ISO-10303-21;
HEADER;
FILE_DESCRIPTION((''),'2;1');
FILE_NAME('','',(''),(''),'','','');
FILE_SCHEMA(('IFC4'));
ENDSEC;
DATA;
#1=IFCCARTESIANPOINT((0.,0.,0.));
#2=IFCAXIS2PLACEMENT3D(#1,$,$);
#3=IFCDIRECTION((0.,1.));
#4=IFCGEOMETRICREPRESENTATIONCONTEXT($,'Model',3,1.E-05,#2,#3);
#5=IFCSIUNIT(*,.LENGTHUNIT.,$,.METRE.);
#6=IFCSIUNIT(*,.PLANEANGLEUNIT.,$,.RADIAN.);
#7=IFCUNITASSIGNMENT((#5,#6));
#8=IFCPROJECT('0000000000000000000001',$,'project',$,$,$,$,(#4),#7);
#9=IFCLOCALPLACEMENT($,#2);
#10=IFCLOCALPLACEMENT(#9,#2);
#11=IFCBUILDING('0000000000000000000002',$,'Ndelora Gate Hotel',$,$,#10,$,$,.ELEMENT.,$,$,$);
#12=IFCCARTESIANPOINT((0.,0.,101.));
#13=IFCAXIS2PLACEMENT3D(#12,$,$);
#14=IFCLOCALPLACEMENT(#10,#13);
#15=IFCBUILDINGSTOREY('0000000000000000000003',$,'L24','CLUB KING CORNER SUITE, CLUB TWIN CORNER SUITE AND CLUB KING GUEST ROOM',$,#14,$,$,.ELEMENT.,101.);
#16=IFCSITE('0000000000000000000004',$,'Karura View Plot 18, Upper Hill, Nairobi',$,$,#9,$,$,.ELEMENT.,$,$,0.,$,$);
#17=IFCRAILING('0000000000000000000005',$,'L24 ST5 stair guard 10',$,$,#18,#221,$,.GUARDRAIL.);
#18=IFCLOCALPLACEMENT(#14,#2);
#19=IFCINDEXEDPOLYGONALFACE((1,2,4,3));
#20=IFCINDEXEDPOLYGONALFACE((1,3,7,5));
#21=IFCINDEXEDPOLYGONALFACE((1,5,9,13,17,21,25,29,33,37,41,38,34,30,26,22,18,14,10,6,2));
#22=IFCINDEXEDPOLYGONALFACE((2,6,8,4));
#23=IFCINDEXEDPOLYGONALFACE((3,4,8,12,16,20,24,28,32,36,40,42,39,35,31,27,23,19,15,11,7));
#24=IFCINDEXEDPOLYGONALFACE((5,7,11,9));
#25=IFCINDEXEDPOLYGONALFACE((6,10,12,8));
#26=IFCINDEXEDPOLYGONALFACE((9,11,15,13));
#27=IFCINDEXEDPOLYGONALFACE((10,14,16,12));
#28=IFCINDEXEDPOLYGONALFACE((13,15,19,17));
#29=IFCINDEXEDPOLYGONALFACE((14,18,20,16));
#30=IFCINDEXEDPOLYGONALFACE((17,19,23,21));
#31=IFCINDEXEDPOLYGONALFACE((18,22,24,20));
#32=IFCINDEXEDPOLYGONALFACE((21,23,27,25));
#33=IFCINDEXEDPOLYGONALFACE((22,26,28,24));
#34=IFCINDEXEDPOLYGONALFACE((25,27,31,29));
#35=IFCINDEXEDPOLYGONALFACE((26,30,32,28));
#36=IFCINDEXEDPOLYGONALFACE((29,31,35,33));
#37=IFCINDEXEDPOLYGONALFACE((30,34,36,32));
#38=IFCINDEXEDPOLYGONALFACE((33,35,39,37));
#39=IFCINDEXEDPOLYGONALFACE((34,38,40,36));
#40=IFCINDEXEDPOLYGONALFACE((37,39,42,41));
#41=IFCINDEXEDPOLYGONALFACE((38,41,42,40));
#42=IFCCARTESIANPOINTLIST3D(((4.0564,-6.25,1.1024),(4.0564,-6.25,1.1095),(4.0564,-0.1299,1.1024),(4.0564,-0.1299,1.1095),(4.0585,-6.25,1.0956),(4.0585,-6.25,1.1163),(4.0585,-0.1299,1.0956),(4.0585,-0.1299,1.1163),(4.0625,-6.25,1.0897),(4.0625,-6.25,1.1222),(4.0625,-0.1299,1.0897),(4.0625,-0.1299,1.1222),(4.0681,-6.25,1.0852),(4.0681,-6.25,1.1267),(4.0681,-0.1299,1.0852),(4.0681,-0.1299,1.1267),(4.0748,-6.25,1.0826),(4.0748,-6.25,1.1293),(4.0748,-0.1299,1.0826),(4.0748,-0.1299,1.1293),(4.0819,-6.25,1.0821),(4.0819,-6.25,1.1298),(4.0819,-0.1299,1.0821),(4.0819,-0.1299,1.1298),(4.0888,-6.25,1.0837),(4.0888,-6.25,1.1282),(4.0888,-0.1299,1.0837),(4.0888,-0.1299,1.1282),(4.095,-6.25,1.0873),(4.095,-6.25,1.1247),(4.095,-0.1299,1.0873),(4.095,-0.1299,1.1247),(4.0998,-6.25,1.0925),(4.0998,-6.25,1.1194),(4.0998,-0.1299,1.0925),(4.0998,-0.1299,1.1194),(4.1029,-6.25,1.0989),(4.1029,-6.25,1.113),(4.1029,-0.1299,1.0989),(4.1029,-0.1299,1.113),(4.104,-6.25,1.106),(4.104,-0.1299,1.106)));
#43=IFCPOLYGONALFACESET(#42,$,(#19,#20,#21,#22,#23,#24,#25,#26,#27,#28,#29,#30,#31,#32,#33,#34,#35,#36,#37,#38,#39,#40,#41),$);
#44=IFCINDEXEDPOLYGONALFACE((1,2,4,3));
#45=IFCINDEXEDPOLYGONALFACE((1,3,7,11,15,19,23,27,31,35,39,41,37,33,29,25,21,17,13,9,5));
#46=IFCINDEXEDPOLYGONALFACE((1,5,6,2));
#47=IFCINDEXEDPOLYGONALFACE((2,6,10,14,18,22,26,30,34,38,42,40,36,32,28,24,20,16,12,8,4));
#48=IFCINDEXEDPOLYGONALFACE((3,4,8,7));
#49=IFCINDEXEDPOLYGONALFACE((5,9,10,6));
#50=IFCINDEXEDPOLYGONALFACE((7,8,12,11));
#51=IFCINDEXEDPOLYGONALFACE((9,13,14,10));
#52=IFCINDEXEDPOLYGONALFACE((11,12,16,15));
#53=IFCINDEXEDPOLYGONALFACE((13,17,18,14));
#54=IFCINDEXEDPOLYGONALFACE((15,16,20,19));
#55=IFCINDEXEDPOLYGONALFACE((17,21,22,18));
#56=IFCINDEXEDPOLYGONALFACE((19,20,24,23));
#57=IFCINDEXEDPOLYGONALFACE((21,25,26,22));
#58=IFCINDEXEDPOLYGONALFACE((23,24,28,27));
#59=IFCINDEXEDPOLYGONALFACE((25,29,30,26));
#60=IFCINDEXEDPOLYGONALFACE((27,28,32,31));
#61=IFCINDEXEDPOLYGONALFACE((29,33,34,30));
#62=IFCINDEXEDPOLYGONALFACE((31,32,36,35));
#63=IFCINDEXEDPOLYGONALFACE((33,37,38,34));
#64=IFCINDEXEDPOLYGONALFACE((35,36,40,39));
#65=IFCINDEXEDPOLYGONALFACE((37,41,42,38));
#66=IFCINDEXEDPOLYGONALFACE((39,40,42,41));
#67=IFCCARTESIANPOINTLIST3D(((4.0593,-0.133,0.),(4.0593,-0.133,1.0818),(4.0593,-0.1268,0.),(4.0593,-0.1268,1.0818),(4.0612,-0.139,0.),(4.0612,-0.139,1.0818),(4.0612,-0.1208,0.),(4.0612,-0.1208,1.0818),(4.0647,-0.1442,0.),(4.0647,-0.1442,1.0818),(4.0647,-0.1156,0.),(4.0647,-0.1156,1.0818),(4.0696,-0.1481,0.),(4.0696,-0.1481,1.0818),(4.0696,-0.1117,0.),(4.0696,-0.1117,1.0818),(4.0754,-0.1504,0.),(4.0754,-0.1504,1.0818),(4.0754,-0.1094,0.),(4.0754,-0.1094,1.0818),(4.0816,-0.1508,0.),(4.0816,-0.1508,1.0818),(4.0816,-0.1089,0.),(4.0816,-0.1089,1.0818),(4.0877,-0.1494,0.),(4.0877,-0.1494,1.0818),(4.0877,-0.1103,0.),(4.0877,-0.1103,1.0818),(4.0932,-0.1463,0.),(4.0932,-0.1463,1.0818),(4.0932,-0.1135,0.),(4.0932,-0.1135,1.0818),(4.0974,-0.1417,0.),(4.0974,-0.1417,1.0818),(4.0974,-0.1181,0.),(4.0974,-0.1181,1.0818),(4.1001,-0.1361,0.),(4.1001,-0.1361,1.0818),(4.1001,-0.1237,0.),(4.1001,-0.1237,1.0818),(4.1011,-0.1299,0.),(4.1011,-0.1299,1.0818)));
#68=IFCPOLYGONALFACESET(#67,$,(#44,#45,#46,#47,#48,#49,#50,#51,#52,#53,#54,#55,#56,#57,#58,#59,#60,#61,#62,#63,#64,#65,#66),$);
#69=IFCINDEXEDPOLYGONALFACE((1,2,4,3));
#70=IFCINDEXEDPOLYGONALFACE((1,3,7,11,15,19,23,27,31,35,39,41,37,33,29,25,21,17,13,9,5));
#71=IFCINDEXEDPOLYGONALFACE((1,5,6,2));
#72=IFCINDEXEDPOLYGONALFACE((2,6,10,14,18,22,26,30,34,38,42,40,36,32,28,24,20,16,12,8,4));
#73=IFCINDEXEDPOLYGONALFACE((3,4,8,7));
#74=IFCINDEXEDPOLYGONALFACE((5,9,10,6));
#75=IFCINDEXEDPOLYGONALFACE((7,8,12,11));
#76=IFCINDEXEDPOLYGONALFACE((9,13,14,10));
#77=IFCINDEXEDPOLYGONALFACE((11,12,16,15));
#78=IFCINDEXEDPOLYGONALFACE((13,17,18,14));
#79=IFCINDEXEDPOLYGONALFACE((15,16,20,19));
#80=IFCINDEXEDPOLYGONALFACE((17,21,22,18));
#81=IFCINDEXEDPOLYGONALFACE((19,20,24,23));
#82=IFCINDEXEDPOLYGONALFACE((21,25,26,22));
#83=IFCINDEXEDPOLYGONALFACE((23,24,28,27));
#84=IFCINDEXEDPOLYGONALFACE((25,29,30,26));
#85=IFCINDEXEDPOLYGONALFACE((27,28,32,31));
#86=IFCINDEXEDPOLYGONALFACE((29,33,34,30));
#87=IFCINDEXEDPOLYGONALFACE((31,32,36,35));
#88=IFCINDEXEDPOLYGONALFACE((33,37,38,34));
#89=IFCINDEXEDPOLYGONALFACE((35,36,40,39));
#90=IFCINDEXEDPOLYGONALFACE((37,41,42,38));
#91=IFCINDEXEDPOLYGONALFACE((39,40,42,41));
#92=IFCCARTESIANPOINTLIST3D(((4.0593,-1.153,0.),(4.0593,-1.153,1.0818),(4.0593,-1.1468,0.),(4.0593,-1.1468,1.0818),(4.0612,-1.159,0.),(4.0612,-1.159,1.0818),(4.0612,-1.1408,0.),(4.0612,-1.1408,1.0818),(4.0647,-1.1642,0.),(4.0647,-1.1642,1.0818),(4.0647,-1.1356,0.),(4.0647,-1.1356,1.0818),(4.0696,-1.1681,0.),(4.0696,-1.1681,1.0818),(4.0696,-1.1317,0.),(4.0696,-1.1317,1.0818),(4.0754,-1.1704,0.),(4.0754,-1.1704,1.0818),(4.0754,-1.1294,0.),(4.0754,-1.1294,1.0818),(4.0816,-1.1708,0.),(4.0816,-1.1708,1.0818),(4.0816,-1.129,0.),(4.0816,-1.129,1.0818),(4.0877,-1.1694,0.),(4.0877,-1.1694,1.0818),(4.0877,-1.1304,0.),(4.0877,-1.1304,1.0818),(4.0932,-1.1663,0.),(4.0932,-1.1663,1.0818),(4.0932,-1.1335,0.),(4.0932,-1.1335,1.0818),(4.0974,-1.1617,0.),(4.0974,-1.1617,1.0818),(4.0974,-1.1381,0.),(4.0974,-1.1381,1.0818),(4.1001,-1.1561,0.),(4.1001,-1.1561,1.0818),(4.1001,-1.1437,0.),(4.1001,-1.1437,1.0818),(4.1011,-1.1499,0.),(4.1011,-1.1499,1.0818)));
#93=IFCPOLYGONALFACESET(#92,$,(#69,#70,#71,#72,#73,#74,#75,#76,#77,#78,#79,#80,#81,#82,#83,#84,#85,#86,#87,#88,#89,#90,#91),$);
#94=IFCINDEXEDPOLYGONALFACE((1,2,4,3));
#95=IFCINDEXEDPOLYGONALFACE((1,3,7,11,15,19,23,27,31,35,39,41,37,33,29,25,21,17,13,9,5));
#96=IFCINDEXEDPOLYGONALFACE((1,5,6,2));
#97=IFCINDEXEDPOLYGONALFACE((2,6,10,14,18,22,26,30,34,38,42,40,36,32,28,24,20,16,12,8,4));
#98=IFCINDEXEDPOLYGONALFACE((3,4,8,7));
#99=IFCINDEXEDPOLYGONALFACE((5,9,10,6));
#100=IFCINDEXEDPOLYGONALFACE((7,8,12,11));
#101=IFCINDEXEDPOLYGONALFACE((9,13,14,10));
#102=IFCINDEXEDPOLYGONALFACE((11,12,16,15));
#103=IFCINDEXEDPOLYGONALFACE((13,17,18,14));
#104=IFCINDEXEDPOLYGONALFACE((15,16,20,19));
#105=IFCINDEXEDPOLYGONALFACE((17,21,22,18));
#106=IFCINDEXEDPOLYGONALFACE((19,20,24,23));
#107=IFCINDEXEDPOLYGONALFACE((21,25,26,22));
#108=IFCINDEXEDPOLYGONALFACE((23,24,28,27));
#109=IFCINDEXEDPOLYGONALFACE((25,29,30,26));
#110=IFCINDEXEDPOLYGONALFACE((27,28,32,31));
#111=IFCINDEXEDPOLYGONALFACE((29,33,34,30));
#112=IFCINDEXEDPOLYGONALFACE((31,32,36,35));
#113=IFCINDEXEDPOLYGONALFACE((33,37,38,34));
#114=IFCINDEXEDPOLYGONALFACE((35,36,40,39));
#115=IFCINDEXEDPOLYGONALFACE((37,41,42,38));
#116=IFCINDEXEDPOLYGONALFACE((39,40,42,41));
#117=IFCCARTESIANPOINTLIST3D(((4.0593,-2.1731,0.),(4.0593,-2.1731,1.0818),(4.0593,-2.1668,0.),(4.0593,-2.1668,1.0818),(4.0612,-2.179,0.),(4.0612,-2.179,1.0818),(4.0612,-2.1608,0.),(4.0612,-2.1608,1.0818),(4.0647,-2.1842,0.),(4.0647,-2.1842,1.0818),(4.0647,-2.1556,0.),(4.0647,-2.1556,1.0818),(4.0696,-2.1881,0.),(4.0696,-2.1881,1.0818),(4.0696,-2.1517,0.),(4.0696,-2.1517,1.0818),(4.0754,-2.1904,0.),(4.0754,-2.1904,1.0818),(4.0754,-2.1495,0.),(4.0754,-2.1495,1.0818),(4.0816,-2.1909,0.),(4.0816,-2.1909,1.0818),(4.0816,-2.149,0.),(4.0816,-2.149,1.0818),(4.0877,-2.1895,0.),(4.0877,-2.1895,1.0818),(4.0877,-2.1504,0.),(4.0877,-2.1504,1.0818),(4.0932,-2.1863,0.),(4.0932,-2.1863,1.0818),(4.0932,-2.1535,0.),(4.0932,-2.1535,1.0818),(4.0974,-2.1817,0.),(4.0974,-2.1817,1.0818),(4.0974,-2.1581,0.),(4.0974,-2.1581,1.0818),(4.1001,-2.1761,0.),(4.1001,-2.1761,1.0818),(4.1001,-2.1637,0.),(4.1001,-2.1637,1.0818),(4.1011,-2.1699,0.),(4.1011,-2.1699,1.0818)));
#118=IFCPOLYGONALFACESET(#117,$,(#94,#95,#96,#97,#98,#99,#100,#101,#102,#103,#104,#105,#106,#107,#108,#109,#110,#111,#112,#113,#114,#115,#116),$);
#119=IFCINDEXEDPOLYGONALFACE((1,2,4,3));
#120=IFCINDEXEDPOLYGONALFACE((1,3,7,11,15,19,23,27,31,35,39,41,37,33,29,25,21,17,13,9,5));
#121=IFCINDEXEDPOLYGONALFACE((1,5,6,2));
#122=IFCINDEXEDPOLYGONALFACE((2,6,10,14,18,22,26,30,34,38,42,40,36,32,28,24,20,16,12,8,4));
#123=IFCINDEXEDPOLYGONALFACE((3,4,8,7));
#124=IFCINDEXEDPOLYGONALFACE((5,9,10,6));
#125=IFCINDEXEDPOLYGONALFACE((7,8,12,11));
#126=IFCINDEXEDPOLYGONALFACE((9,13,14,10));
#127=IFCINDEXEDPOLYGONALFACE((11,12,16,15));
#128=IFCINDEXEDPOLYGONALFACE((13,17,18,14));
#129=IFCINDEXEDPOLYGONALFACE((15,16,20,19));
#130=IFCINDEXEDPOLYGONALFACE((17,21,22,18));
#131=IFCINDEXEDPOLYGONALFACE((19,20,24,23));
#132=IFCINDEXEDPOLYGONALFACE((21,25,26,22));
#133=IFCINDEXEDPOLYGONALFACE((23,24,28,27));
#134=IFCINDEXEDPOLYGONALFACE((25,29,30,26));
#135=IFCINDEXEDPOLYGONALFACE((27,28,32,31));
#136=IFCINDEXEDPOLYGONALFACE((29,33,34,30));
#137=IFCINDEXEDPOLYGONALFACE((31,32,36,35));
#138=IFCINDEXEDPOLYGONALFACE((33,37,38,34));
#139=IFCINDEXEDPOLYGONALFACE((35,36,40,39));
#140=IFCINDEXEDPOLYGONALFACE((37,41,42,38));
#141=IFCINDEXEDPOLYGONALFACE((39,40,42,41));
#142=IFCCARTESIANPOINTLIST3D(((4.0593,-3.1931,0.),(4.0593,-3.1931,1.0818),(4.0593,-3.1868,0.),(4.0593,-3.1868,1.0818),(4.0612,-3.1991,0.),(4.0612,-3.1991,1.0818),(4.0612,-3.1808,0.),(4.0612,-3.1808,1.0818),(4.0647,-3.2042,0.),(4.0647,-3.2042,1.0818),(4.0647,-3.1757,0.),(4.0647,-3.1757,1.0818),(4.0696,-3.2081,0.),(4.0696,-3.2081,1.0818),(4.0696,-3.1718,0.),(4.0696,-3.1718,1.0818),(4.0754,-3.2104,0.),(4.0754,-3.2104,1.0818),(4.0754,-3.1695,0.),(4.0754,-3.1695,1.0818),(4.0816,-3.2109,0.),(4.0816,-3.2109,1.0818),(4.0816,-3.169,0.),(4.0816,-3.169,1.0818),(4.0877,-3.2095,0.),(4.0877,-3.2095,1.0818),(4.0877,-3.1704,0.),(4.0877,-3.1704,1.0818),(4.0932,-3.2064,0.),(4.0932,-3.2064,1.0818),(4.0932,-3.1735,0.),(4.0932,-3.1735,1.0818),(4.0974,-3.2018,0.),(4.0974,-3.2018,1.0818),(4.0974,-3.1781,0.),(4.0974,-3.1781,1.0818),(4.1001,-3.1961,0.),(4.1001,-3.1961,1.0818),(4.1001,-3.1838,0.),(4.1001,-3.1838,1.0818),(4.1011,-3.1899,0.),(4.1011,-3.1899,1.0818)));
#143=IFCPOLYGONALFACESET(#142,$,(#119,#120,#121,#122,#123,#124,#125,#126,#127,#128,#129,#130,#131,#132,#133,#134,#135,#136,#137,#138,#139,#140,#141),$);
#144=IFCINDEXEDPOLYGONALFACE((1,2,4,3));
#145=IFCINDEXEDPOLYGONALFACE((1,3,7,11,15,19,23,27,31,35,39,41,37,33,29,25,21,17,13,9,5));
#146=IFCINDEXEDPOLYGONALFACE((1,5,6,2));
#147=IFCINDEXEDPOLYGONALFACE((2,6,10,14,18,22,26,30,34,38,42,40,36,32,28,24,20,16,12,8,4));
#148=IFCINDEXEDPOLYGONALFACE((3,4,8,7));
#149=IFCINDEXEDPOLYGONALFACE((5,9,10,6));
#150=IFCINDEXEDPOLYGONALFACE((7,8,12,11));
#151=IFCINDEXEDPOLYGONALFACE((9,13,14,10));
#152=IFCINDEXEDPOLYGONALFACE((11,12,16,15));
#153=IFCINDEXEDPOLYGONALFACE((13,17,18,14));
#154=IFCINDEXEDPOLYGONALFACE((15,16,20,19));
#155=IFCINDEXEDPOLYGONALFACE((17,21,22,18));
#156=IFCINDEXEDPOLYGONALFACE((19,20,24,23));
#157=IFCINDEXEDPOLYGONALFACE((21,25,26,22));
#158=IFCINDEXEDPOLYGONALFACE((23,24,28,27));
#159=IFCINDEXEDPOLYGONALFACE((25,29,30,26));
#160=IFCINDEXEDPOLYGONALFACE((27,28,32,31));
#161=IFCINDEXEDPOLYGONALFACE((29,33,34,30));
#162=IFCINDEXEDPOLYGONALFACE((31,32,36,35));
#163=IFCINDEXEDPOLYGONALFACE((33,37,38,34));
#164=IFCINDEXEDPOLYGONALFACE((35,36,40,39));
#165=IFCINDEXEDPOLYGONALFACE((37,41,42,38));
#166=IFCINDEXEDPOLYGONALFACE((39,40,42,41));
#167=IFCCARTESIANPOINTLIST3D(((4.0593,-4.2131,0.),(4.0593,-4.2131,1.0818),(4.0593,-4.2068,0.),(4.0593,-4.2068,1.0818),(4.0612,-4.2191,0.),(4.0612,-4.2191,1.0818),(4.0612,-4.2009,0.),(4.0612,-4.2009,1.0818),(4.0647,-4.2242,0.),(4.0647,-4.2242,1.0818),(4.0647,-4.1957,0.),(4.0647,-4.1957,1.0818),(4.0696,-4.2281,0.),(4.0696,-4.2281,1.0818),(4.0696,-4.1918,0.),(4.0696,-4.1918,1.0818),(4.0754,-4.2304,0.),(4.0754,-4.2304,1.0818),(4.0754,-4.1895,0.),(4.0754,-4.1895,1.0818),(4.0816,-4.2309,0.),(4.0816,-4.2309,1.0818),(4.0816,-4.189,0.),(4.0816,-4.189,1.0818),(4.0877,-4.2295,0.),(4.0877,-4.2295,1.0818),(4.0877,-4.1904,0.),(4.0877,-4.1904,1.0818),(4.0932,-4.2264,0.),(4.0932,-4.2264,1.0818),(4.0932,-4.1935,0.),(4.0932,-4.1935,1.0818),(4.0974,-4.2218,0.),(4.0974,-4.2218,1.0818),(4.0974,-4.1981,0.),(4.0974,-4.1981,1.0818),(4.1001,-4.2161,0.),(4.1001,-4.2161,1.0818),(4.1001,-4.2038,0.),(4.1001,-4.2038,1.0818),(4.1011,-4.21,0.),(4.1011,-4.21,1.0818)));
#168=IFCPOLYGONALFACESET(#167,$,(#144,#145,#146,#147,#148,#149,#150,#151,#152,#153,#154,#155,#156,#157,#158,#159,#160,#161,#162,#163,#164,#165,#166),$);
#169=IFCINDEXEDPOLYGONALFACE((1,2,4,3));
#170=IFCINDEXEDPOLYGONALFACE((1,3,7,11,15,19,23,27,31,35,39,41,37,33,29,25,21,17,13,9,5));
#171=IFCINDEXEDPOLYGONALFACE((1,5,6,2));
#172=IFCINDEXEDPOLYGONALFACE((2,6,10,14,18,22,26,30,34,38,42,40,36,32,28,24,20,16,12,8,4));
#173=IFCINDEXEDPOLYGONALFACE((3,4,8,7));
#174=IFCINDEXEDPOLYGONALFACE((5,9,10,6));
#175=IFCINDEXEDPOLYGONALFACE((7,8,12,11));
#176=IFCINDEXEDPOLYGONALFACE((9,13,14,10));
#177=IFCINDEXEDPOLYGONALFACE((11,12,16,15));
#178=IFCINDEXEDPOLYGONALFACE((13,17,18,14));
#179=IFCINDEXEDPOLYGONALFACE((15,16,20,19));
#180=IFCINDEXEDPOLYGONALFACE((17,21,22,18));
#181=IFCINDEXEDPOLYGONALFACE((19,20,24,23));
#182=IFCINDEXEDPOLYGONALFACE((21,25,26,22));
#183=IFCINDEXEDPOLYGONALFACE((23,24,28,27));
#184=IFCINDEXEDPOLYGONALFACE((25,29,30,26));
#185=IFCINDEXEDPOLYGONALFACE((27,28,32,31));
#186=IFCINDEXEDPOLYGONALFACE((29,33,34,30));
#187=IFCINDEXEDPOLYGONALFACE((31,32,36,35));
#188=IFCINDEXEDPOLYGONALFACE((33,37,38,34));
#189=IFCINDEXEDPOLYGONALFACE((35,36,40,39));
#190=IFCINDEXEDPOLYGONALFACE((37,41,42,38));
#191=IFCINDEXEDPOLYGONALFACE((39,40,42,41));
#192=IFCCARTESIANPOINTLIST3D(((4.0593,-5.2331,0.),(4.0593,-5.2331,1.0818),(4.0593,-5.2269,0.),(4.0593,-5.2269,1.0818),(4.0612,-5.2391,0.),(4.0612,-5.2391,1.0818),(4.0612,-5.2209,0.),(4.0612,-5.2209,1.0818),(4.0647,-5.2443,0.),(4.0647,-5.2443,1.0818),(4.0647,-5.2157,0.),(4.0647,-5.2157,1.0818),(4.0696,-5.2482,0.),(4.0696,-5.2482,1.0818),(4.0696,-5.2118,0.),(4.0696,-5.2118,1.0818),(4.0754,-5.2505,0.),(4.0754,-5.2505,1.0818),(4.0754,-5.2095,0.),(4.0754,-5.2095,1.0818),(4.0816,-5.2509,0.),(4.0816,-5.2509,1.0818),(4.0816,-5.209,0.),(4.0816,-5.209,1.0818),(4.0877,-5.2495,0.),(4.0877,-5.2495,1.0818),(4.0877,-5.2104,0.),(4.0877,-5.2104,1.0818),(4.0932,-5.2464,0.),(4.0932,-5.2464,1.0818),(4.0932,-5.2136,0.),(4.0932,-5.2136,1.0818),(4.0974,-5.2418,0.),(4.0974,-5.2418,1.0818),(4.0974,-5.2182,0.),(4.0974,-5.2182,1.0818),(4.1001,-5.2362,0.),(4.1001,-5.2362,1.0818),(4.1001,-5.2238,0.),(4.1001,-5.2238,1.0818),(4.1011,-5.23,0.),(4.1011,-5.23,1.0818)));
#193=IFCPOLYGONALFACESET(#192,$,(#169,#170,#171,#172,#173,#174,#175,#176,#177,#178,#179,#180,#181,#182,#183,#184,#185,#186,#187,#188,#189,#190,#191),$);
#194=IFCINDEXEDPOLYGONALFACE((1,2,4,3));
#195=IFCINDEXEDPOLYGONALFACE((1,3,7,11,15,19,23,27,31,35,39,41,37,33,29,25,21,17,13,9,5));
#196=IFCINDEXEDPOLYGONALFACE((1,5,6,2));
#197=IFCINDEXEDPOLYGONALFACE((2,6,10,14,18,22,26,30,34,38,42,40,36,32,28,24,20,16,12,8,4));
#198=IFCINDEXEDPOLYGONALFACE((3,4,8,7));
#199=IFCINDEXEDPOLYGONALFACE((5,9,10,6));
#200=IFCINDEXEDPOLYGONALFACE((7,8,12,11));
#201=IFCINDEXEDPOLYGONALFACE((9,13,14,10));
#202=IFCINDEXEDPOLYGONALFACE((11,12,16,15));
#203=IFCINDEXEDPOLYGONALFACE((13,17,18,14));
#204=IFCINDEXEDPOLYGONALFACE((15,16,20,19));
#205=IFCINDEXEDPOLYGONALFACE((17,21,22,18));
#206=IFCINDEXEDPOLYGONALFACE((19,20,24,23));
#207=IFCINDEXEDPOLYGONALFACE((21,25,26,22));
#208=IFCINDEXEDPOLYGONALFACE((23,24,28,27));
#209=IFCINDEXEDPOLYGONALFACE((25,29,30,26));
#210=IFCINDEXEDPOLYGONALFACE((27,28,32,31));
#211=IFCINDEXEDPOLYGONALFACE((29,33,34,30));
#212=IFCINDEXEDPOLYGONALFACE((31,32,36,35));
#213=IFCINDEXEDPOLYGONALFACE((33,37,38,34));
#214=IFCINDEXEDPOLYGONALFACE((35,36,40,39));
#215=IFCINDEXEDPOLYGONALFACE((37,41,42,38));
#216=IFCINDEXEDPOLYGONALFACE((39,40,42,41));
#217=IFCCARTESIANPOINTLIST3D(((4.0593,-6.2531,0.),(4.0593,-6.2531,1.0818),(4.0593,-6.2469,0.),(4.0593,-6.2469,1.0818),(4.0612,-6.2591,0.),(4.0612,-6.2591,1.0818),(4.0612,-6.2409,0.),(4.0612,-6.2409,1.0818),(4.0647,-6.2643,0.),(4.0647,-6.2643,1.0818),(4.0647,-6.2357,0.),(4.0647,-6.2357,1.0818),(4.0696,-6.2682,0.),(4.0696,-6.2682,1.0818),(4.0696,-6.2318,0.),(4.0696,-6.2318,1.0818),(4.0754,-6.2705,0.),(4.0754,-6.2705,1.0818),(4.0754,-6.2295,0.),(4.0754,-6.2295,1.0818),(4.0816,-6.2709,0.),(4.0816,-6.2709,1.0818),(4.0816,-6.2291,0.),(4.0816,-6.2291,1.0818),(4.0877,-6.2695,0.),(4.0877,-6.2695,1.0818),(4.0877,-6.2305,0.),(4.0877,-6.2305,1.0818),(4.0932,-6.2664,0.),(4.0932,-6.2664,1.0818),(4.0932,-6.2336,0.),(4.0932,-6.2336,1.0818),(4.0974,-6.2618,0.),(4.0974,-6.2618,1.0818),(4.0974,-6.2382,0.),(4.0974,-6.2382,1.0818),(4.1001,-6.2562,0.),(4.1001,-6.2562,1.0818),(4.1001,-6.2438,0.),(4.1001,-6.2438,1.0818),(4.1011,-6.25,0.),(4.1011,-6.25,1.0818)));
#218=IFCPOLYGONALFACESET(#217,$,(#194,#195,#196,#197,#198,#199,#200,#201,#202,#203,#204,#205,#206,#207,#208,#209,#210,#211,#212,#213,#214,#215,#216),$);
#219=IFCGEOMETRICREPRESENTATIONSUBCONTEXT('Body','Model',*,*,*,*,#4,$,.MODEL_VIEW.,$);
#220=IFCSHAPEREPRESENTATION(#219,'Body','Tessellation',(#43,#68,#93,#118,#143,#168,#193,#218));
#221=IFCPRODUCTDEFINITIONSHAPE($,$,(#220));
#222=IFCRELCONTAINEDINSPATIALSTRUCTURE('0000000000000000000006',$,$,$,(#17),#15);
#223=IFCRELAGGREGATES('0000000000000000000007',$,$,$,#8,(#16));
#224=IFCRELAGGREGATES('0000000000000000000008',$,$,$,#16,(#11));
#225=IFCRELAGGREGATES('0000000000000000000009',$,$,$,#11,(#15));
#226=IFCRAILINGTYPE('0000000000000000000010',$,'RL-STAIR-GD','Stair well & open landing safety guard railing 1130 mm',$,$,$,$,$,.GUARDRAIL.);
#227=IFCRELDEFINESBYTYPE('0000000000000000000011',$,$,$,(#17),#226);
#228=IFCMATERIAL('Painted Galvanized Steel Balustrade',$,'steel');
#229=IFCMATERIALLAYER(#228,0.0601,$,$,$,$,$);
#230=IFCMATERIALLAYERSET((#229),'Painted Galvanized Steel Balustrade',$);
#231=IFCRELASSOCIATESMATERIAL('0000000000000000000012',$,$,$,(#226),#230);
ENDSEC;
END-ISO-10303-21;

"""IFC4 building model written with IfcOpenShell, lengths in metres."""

from ifc_helpers import new_model, si_unit, direction, frame, origin, origin_2d, place, context, subcontext, project, spatial, circle, extrude, material, layer, layer_set, type_object, element, save


model = new_model("IFC4")

# Units and contexts
model_context = context("Model", 3, precision=1e-05, world=origin(), true_north=direction((0.0, 1.0)))
body_context = subcontext(model_context, "Body", "Model", "MODEL_VIEW")
ifc_project = project(units=[si_unit("LENGTHUNIT", "METRE"), si_unit("PLANEANGLEUNIT", "RADIAN")], contexts=[model_context])

# Site, building, storey
site_placement = place(None, origin())
site = spatial("IfcSite", under=ifc_project, at=site_placement, Name="Karura View Plot 18, Upper Hill, Nairobi", CompositionType="ELEMENT", RefElevation=0.0)
building_placement = place(site_placement, origin())
building = spatial("IfcBuilding", under=site, at=building_placement, Name="Ndelora Gate Hotel", CompositionType="ELEMENT")
storey_placement = place(building_placement, frame((0.0, 0.0, 101.0)))
storey = spatial("IfcBuildingStorey", under=building, at=storey_placement, Name="L24", Description="CLUB KING CORNER SUITE, CLUB TWIN CORNER SUITE AND CLUB KING GUEST ROOM", CompositionType="ELEMENT", Elevation=101.0)

# Railing
ifc_material_1 = material(Name="Painted Galvanized Steel Balustrade", Category="steel")
ifc_layer_1 = layer(ifc_material_1, 0.0601)
ifc_layer_set_1 = layer_set([ifc_layer_1], Name="Painted Galvanized Steel Balustrade")
railing_type = type_object("IfcRailingType", Name="RL-STAIR-GD", Description="Stair well & open landing safety guard railing 1130 mm", PredefinedType="GUARDRAIL", material=ifc_layer_set_1)
railing_1_placement = place(storey_placement, frame((4.0801, -0.1299, 0.0)))
element("IfcRailing", 1, at=railing_1_placement, inside=storey, type_object=railing_type, Name="L24 ST5 stair guard 10", PredefinedType="GUARDRAIL", context=body_context, shape_type="SweptSolid", body=[
    extrude(circle(Radius=0.0239, at=origin_2d()), frame((0.0, 0.0, 1.106), z_axis=(0.0, -1.0, 0.0), x_axis=(1.0, 0.0, 0.0)), (0.0, 0.0, 1.0), 6.1201),
    extrude(circle(Radius=0.021, at=origin_2d()), origin(), (0.0, 0.0, 1.0), 1.0818),
    extrude(circle(Radius=0.021, at=origin_2d()), frame((0.0, -1.02, 0.0)), (0.0, 0.0, 1.0), 1.0818),
    extrude(circle(Radius=0.021, at=origin_2d()), frame((0.0, -2.04, 0.0)), (0.0, 0.0, 1.0), 1.0818),
    extrude(circle(Radius=0.021, at=origin_2d()), frame((0.0, -3.0601, 0.0)), (0.0, 0.0, 1.0), 1.0818),
    extrude(circle(Radius=0.021, at=origin_2d()), frame((0.0, -4.0801, 0.0)), (0.0, 0.0, 1.0), 1.0818),
    extrude(circle(Radius=0.021, at=origin_2d()), frame((0.0, -5.1001, 0.0)), (0.0, 0.0, 1.0), 1.0818),
    extrude(circle(Radius=0.021, at=origin_2d()), frame((0.0, -6.1201, 0.0)), (0.0, 0.0, 1.0), 1.0818),
])

save(model, "model.ifc")
